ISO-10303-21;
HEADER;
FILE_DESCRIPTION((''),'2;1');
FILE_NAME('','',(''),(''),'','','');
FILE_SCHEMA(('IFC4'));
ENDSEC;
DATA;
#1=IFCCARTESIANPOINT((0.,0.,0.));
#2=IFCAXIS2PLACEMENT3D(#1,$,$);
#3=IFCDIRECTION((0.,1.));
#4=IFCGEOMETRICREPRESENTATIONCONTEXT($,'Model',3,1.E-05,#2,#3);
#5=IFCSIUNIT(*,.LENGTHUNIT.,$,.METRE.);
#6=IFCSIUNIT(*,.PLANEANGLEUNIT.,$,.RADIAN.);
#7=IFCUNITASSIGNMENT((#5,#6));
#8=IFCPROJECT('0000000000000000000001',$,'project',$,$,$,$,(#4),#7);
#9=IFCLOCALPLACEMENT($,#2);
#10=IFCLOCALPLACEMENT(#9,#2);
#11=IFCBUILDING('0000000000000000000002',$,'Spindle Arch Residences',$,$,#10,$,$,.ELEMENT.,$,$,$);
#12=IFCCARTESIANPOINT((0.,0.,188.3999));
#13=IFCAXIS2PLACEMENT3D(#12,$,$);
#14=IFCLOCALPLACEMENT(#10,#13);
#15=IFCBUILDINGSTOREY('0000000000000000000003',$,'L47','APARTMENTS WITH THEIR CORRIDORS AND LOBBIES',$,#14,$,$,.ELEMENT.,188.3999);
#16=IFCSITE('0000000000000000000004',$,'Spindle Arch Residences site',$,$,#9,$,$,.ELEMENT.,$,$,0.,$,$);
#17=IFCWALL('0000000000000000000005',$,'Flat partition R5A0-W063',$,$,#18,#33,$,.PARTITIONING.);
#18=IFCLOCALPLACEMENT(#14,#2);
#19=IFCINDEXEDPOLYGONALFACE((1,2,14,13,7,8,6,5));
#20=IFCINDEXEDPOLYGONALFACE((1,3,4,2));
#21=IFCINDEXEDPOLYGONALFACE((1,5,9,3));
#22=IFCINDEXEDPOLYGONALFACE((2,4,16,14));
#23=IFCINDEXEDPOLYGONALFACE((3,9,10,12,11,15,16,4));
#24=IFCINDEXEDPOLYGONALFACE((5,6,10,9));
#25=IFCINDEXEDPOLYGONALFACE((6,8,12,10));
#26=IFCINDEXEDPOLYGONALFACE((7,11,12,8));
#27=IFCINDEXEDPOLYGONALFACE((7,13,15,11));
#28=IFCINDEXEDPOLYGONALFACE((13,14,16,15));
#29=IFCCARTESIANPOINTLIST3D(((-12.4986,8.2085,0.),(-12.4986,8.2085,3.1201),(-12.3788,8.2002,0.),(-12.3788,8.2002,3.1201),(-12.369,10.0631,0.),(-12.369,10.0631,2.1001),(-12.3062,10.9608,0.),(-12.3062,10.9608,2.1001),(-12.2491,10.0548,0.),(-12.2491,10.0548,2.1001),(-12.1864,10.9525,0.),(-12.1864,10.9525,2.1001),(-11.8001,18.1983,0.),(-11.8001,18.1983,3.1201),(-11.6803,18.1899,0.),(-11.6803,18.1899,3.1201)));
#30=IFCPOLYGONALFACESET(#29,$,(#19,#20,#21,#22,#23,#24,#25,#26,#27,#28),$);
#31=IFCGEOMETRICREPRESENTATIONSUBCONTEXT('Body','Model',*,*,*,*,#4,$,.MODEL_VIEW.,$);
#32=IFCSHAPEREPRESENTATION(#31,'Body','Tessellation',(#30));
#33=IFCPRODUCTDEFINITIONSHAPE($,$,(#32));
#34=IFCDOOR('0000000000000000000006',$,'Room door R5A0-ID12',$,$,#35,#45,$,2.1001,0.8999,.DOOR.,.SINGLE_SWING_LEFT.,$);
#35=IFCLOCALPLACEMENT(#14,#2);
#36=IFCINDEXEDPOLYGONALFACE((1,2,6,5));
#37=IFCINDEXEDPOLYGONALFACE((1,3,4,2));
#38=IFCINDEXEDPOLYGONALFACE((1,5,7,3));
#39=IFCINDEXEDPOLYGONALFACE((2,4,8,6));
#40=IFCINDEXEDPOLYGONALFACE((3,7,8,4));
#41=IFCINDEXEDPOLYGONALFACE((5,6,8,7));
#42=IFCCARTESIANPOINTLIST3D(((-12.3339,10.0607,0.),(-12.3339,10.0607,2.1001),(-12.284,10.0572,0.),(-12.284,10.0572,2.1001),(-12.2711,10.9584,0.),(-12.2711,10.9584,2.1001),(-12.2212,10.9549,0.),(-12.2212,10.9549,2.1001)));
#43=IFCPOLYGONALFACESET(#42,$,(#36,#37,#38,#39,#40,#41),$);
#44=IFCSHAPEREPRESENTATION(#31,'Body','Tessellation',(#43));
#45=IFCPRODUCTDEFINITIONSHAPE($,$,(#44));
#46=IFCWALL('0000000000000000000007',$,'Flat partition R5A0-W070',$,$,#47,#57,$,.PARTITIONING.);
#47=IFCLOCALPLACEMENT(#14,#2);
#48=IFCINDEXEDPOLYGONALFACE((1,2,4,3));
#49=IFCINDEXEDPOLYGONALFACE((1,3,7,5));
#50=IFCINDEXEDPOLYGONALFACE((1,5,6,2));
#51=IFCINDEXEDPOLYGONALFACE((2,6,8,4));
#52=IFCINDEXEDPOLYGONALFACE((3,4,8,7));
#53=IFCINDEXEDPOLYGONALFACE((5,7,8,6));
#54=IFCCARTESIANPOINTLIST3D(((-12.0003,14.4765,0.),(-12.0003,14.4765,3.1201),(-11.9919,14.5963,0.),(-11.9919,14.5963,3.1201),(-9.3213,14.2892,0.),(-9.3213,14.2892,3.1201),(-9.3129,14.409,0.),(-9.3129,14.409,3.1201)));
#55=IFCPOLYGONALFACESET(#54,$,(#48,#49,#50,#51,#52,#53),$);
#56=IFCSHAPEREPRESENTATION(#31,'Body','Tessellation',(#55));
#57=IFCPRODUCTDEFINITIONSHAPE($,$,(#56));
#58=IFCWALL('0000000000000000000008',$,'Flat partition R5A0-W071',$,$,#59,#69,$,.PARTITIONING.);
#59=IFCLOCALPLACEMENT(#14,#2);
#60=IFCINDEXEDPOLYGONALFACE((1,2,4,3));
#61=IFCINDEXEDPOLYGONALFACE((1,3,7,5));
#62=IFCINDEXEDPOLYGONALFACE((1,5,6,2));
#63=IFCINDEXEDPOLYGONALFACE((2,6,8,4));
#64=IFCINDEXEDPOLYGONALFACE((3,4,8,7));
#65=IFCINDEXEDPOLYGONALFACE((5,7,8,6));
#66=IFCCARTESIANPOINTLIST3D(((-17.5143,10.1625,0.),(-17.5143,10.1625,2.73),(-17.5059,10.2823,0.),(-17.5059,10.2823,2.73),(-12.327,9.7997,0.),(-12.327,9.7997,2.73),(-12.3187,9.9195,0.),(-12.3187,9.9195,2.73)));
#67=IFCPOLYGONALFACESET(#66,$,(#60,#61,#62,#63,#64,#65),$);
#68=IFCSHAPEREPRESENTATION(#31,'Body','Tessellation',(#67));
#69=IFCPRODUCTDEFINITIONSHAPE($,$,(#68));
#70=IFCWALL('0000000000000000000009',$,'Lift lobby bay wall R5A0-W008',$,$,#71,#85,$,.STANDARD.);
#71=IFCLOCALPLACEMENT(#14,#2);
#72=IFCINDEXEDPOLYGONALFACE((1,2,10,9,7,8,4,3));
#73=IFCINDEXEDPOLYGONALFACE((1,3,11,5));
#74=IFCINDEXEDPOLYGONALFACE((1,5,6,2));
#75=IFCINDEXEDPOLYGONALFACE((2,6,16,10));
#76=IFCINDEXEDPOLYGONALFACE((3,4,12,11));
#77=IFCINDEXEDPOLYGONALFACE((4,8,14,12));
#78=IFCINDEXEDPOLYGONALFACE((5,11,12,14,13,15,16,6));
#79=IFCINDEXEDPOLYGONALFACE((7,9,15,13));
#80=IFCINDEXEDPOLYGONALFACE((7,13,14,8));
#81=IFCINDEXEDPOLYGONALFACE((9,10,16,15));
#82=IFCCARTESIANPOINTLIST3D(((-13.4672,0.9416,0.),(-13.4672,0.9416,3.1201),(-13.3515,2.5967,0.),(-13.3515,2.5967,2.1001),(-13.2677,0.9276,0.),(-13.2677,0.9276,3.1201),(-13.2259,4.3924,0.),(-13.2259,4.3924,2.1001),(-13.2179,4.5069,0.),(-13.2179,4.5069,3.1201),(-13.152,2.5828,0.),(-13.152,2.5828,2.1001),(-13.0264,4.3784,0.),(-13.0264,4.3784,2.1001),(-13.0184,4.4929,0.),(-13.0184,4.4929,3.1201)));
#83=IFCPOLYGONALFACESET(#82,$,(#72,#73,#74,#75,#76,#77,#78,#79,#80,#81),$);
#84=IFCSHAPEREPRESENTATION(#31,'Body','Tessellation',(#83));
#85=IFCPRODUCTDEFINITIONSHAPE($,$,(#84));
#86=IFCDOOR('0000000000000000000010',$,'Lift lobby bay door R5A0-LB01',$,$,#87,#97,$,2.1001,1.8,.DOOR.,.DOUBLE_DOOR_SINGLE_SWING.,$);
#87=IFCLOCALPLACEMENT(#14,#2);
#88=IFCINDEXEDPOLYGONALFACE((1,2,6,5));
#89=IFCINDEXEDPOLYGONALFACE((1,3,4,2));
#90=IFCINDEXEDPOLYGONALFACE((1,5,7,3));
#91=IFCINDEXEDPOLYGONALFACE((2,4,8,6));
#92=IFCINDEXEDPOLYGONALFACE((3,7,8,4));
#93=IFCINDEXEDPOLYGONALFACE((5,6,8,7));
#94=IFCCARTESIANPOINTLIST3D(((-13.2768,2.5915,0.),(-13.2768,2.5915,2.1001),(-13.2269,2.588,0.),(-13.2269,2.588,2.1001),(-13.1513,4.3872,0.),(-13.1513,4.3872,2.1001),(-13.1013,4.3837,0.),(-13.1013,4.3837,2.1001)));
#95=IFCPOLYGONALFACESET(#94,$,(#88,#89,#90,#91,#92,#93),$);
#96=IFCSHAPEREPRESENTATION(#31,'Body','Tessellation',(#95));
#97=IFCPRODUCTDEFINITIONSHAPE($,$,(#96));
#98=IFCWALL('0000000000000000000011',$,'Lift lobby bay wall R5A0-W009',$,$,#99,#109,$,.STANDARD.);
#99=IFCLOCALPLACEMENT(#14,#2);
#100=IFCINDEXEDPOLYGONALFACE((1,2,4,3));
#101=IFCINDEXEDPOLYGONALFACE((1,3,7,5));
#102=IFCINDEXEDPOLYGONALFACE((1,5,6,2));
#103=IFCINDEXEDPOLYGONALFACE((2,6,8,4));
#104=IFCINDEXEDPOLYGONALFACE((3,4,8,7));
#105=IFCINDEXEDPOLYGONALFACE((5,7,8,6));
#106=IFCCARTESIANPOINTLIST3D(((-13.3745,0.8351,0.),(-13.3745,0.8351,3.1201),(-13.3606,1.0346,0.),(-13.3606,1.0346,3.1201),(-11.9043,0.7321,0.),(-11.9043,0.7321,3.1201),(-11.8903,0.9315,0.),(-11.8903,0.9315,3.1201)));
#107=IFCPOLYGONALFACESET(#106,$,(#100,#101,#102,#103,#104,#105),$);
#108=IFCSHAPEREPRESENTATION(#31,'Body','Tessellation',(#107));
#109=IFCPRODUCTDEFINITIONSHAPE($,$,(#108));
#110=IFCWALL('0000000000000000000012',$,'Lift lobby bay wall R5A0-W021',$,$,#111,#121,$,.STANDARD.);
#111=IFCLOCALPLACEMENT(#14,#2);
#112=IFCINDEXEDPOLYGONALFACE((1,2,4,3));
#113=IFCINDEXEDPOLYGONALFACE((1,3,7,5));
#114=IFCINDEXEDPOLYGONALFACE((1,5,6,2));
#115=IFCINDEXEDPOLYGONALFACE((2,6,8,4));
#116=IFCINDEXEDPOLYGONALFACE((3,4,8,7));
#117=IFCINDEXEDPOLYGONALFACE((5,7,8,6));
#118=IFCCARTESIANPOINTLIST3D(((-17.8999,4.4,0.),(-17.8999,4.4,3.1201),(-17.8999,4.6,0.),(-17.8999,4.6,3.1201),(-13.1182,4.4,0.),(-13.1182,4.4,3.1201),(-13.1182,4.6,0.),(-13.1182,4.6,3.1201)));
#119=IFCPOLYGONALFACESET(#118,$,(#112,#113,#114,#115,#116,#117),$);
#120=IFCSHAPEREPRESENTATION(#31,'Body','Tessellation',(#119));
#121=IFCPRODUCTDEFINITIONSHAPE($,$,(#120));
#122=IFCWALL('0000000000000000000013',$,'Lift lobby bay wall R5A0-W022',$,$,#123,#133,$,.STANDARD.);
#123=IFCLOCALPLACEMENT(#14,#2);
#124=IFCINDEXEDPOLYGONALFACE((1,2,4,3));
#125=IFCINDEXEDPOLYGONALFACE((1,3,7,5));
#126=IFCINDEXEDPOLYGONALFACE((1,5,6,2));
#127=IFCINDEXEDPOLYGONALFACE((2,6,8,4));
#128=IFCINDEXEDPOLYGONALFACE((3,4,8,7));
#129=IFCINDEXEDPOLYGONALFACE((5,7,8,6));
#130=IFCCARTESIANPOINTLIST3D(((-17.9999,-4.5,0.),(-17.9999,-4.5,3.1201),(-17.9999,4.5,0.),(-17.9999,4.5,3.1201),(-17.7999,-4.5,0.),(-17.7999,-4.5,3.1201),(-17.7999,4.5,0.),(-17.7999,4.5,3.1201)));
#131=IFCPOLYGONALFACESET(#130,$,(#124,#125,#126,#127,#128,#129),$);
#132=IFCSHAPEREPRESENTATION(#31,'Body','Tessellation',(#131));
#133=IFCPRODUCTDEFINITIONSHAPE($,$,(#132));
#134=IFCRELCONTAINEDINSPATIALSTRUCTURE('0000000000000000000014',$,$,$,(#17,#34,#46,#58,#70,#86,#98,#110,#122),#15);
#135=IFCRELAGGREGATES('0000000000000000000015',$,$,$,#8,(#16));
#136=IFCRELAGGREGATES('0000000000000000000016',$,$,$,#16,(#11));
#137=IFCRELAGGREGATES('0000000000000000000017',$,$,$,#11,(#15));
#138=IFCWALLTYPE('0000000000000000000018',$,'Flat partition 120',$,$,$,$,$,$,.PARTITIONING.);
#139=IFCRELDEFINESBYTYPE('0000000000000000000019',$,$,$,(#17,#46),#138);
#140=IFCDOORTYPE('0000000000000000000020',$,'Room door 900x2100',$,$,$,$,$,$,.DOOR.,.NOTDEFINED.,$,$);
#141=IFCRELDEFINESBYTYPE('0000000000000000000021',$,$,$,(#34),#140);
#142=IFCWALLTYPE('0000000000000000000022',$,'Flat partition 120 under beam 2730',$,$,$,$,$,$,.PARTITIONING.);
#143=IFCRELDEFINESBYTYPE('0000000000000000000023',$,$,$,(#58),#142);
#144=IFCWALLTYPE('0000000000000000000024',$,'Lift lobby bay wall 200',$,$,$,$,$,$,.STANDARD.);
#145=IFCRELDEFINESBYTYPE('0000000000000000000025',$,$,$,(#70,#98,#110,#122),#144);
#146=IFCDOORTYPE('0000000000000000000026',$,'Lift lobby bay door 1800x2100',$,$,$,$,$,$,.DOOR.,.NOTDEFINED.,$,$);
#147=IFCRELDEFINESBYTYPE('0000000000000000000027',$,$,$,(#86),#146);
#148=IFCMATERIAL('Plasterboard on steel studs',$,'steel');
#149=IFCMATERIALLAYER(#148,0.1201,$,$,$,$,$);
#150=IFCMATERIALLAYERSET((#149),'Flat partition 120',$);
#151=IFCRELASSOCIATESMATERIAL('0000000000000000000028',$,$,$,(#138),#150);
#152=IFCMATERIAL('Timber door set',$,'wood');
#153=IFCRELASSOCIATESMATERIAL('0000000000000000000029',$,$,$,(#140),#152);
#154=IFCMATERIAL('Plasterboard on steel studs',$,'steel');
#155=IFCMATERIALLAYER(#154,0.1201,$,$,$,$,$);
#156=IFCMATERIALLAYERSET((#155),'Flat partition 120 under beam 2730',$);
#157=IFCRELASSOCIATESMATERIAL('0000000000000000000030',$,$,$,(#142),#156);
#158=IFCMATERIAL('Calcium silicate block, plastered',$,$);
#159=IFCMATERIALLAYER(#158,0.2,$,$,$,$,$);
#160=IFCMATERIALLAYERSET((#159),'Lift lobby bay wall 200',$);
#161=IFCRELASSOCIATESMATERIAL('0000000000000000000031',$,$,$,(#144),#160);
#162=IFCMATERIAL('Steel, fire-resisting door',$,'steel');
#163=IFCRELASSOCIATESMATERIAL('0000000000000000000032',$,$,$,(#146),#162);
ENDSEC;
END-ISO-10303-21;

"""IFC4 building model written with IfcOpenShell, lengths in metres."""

from ifc_helpers import new_model, si_unit, direction, frame, frame_2d, origin, place, context, subcontext, project, spatial, rectangle, extrude, material, layer, layer_set, type_object, element, fill, save


model = new_model("IFC4")

# Units and contexts
model_context = context("Model", 3, precision=1e-05, world=origin(), true_north=direction((0.0, 1.0)))
body_context = subcontext(model_context, "Body", "Model", "MODEL_VIEW")
ifc_project = project(units=[si_unit("LENGTHUNIT", "METRE"), si_unit("PLANEANGLEUNIT", "RADIAN")], contexts=[model_context])

# Site, building, storey
site_placement = place(None, origin())
site = spatial("IfcSite", under=ifc_project, at=site_placement, Name="Spindle Arch Residences site", CompositionType="ELEMENT", RefElevation=0.0)
building_placement = place(site_placement, origin())
building = spatial("IfcBuilding", under=site, at=building_placement, Name="Spindle Arch Residences", CompositionType="ELEMENT")
storey_placement = place(building_placement, frame((0.0, 0.0, 188.3999)))
storey = spatial("IfcBuildingStorey", under=building, at=storey_placement, Name="L47", Description="APARTMENTS WITH THEIR CORRIDORS AND LOBBIES", CompositionType="ELEMENT", Elevation=188.3999)

# Shared definitions
ifc_material_1 = material(Name="Plasterboard on steel studs", Category="steel")
ifc_layer_1 = layer(ifc_material_1, 0.1201)
ifc_layer_set_1 = layer_set([ifc_layer_1], Name="Flat partition 120")
wall_type_1 = type_object("IfcWallType", Name="Flat partition 120", PredefinedType="PARTITIONING", material=ifc_layer_set_1)

# Wall, opening, door
wall_1_placement = place(storey_placement, frame((-12.4387, 8.2043, 0.0), z_axis=(0.0, 0.0, 1.0), x_axis=(0.06975, 0.997565, 0.0)))
wall_1 = element("IfcWall", 1, at=wall_1_placement, inside=storey, type_object=wall_type_1, Name="Flat partition R5A0-W063", PredefinedType="PARTITIONING", context=body_context, shape_type="SweptSolid", body=[
    extrude(rectangle(XDim=10.0142, YDim=0.1201, at=frame_2d((5.0071, 0.0))), origin(), (0.0, 0.0, 1.0), 3.1201),
])
opening_1_placement = place(wall_1_placement, frame((1.8591, 0.0, 0.0)))
opening_1 = element("IfcOpeningElement", 2, at=opening_1_placement, cuts=wall_1, PredefinedType="OPENING", context=body_context, shape_type="SweptSolid", body=[
    extrude(rectangle(XDim=0.8999, YDim=2.1001, at=frame_2d((0.45, 1.05))), frame((0.0, 0.0701, 0.0), z_axis=(0.0, -1.0, 0.0), x_axis=(1.0, 0.0, 0.0)), (0.0, 0.0, 1.0), 0.1401),
])
ifc_material_2 = material(Name="Timber door set", Category="wood")
door_type_1 = type_object("IfcDoorType", Name="Room door 900x2100", OperationType="NOTDEFINED", PredefinedType="DOOR", material=ifc_material_2)
door_1_placement = place(opening_1_placement, origin())
door_1 = element("IfcDoor", 3, at=door_1_placement, inside=storey, type_object=door_type_1, Name="Room door R5A0-ID12", OperationType="SINGLE_SWING_LEFT", OverallHeight=2.1001, OverallWidth=0.8999, PredefinedType="DOOR", context=body_context, shape_type="SweptSolid", body=[
    extrude(rectangle(XDim=0.8999, YDim=2.1001, at=frame_2d((0.45, 1.05))), frame((0.0, 0.0249, 0.0), z_axis=(0.0, -1.0, 0.0), x_axis=(1.0, 0.0, 0.0)), (0.0, 0.0, 1.0), 0.05),
])
fill(opening_1, door_1)

# Walls
wall_2_placement = place(storey_placement, frame((-11.9961, 14.5364, 0.0), z_axis=(0.0, 0.0, 1.0), x_axis=(0.997566, -0.069729, 0.0)))
element("IfcWall", 4, at=wall_2_placement, inside=storey, type_object=wall_type_1, Name="Flat partition R5A0-W070", PredefinedType="PARTITIONING", context=body_context, shape_type="SweptSolid", body=[
    extrude(rectangle(XDim=2.6855, YDim=0.1201, at=frame_2d((1.3428, 0.0))), origin(), (0.0, 0.0, 1.0), 3.1201),
])
ifc_material_3 = material(Name="Plasterboard on steel studs", Category="steel")
ifc_layer_2 = layer(ifc_material_3, 0.1201)
ifc_layer_set_2 = layer_set([ifc_layer_2], Name="Flat partition 120 under beam 2730")
wall_type_2 = type_object("IfcWallType", Name="Flat partition 120 under beam 2730", PredefinedType="PARTITIONING", material=ifc_layer_set_2)
wall_3_placement = place(storey_placement, frame((-17.5103, 10.2224, 0.0), z_axis=(0.0, 0.0, 1.0), x_axis=(0.997563, -0.069769, 0.0)))
element("IfcWall", 5, at=wall_3_placement, inside=storey, type_object=wall_type_2, Name="Flat partition R5A0-W071", PredefinedType="PARTITIONING", context=body_context, shape_type="SweptSolid", body=[
    extrude(rectangle(XDim=5.2, YDim=0.1201, at=frame_2d((2.6001, 0.0))), origin(), (0.0, 0.0, 1.0), 2.73),
])

# Wall, opening, door
ifc_material_4 = material(Name="Calcium silicate block, plastered")
ifc_layer_3 = layer(ifc_material_4, 0.2)
ifc_layer_set_3 = layer_set([ifc_layer_3], Name="Lift lobby bay wall 200")
wall_type_3 = type_object("IfcWallType", Name="Lift lobby bay wall 200", PredefinedType="STANDARD", material=ifc_layer_set_3)
wall_4_placement = place(storey_placement, frame((-13.1182, 4.5, 0.0), z_axis=(0.0, 0.0, 1.0), x_axis=(-0.069747, -0.997565, 0.0)))
wall_4 = element("IfcWall", 6, at=wall_4_placement, inside=storey, type_object=wall_type_3, Name="Lift lobby bay wall R5A0-W008", PredefinedType="STANDARD", context=body_context, shape_type="SweptSolid", body=[
    extrude(rectangle(XDim=3.574, YDim=0.2, at=frame_2d((1.7871, 0.0))), origin(), (0.0, 0.0, 1.0), 3.1201),
])
opening_2_placement = place(wall_4_placement, frame((0.115, 0.0, 0.0)))
opening_2 = element("IfcOpeningElement", 7, at=opening_2_placement, cuts=wall_4, PredefinedType="OPENING", context=body_context, shape_type="SweptSolid", body=[
    extrude(rectangle(XDim=1.8, YDim=2.1001, at=frame_2d((0.8999, 1.05))), frame((0.0, 0.1099, 0.0), z_axis=(0.0, -1.0, 0.0), x_axis=(1.0, 0.0, 0.0)), (0.0, 0.0, 1.0), 0.22),
])
ifc_material_5 = material(Name="Steel, fire-resisting door", Category="steel")
door_type_2 = type_object("IfcDoorType", Name="Lift lobby bay door 1800x2100", OperationType="NOTDEFINED", PredefinedType="DOOR", material=ifc_material_5)
door_2_placement = place(opening_2_placement, origin())
door_2 = element("IfcDoor", 8, at=door_2_placement, inside=storey, type_object=door_type_2, Name="Lift lobby bay door R5A0-LB01", OperationType="DOUBLE_DOOR_SINGLE_SWING", OverallHeight=2.1001, OverallWidth=1.8, PredefinedType="DOOR", context=body_context, shape_type="SweptSolid", body=[
    extrude(rectangle(XDim=1.8, YDim=2.1001, at=frame_2d((0.8999, 1.05))), frame((0.0, 0.0249, 0.0), z_axis=(0.0, -1.0, 0.0), x_axis=(1.0, 0.0, 0.0)), (0.0, 0.0, 1.0), 0.05),
])
fill(opening_2, door_2)

# Walls
wall_5_placement = place(storey_placement, frame((-13.3674, 0.9348, 0.0), z_axis=(0.0, 0.0, 1.0), x_axis=(0.997554, -0.069905, 0.0)))
element("IfcWall", 9, at=wall_5_placement, inside=storey, type_object=wall_type_3, Name="Lift lobby bay wall R5A0-W009", PredefinedType="STANDARD", context=body_context, shape_type="SweptSolid", body=[
    extrude(rectangle(XDim=1.4739, YDim=0.2, at=frame_2d((0.7368, 0.0))), origin(), (0.0, 0.0, 1.0), 3.1201),
])
wall_6_placement = place(storey_placement, frame((-13.1182, 4.5, 0.0), z_axis=(0.0, 0.0, 1.0), x_axis=(-1.0, 0.0, 0.0)))
element("IfcWall", 10, at=wall_6_placement, inside=storey, type_object=wall_type_3, Name="Lift lobby bay wall R5A0-W021", PredefinedType="STANDARD", context=body_context, shape_type="SweptSolid", body=[
    extrude(rectangle(XDim=4.7817, YDim=0.2, at=frame_2d((2.3909, 0.0))), origin(), (0.0, 0.0, 1.0), 3.1201),
])
wall_7_placement = place(storey_placement, frame((-17.8999, 4.5, 0.0), z_axis=(0.0, 0.0, 1.0), x_axis=(0.0, -1.0, 0.0)))
element("IfcWall", 11, at=wall_7_placement, inside=storey, type_object=wall_type_3, Name="Lift lobby bay wall R5A0-W022", PredefinedType="STANDARD", context=body_context, shape_type="SweptSolid", body=[
    extrude(rectangle(XDim=9.0, YDim=0.2, at=frame_2d((4.5, 0.0))), origin(), (0.0, 0.0, 1.0), 3.1201),
])

save(model, "model.ifc")
